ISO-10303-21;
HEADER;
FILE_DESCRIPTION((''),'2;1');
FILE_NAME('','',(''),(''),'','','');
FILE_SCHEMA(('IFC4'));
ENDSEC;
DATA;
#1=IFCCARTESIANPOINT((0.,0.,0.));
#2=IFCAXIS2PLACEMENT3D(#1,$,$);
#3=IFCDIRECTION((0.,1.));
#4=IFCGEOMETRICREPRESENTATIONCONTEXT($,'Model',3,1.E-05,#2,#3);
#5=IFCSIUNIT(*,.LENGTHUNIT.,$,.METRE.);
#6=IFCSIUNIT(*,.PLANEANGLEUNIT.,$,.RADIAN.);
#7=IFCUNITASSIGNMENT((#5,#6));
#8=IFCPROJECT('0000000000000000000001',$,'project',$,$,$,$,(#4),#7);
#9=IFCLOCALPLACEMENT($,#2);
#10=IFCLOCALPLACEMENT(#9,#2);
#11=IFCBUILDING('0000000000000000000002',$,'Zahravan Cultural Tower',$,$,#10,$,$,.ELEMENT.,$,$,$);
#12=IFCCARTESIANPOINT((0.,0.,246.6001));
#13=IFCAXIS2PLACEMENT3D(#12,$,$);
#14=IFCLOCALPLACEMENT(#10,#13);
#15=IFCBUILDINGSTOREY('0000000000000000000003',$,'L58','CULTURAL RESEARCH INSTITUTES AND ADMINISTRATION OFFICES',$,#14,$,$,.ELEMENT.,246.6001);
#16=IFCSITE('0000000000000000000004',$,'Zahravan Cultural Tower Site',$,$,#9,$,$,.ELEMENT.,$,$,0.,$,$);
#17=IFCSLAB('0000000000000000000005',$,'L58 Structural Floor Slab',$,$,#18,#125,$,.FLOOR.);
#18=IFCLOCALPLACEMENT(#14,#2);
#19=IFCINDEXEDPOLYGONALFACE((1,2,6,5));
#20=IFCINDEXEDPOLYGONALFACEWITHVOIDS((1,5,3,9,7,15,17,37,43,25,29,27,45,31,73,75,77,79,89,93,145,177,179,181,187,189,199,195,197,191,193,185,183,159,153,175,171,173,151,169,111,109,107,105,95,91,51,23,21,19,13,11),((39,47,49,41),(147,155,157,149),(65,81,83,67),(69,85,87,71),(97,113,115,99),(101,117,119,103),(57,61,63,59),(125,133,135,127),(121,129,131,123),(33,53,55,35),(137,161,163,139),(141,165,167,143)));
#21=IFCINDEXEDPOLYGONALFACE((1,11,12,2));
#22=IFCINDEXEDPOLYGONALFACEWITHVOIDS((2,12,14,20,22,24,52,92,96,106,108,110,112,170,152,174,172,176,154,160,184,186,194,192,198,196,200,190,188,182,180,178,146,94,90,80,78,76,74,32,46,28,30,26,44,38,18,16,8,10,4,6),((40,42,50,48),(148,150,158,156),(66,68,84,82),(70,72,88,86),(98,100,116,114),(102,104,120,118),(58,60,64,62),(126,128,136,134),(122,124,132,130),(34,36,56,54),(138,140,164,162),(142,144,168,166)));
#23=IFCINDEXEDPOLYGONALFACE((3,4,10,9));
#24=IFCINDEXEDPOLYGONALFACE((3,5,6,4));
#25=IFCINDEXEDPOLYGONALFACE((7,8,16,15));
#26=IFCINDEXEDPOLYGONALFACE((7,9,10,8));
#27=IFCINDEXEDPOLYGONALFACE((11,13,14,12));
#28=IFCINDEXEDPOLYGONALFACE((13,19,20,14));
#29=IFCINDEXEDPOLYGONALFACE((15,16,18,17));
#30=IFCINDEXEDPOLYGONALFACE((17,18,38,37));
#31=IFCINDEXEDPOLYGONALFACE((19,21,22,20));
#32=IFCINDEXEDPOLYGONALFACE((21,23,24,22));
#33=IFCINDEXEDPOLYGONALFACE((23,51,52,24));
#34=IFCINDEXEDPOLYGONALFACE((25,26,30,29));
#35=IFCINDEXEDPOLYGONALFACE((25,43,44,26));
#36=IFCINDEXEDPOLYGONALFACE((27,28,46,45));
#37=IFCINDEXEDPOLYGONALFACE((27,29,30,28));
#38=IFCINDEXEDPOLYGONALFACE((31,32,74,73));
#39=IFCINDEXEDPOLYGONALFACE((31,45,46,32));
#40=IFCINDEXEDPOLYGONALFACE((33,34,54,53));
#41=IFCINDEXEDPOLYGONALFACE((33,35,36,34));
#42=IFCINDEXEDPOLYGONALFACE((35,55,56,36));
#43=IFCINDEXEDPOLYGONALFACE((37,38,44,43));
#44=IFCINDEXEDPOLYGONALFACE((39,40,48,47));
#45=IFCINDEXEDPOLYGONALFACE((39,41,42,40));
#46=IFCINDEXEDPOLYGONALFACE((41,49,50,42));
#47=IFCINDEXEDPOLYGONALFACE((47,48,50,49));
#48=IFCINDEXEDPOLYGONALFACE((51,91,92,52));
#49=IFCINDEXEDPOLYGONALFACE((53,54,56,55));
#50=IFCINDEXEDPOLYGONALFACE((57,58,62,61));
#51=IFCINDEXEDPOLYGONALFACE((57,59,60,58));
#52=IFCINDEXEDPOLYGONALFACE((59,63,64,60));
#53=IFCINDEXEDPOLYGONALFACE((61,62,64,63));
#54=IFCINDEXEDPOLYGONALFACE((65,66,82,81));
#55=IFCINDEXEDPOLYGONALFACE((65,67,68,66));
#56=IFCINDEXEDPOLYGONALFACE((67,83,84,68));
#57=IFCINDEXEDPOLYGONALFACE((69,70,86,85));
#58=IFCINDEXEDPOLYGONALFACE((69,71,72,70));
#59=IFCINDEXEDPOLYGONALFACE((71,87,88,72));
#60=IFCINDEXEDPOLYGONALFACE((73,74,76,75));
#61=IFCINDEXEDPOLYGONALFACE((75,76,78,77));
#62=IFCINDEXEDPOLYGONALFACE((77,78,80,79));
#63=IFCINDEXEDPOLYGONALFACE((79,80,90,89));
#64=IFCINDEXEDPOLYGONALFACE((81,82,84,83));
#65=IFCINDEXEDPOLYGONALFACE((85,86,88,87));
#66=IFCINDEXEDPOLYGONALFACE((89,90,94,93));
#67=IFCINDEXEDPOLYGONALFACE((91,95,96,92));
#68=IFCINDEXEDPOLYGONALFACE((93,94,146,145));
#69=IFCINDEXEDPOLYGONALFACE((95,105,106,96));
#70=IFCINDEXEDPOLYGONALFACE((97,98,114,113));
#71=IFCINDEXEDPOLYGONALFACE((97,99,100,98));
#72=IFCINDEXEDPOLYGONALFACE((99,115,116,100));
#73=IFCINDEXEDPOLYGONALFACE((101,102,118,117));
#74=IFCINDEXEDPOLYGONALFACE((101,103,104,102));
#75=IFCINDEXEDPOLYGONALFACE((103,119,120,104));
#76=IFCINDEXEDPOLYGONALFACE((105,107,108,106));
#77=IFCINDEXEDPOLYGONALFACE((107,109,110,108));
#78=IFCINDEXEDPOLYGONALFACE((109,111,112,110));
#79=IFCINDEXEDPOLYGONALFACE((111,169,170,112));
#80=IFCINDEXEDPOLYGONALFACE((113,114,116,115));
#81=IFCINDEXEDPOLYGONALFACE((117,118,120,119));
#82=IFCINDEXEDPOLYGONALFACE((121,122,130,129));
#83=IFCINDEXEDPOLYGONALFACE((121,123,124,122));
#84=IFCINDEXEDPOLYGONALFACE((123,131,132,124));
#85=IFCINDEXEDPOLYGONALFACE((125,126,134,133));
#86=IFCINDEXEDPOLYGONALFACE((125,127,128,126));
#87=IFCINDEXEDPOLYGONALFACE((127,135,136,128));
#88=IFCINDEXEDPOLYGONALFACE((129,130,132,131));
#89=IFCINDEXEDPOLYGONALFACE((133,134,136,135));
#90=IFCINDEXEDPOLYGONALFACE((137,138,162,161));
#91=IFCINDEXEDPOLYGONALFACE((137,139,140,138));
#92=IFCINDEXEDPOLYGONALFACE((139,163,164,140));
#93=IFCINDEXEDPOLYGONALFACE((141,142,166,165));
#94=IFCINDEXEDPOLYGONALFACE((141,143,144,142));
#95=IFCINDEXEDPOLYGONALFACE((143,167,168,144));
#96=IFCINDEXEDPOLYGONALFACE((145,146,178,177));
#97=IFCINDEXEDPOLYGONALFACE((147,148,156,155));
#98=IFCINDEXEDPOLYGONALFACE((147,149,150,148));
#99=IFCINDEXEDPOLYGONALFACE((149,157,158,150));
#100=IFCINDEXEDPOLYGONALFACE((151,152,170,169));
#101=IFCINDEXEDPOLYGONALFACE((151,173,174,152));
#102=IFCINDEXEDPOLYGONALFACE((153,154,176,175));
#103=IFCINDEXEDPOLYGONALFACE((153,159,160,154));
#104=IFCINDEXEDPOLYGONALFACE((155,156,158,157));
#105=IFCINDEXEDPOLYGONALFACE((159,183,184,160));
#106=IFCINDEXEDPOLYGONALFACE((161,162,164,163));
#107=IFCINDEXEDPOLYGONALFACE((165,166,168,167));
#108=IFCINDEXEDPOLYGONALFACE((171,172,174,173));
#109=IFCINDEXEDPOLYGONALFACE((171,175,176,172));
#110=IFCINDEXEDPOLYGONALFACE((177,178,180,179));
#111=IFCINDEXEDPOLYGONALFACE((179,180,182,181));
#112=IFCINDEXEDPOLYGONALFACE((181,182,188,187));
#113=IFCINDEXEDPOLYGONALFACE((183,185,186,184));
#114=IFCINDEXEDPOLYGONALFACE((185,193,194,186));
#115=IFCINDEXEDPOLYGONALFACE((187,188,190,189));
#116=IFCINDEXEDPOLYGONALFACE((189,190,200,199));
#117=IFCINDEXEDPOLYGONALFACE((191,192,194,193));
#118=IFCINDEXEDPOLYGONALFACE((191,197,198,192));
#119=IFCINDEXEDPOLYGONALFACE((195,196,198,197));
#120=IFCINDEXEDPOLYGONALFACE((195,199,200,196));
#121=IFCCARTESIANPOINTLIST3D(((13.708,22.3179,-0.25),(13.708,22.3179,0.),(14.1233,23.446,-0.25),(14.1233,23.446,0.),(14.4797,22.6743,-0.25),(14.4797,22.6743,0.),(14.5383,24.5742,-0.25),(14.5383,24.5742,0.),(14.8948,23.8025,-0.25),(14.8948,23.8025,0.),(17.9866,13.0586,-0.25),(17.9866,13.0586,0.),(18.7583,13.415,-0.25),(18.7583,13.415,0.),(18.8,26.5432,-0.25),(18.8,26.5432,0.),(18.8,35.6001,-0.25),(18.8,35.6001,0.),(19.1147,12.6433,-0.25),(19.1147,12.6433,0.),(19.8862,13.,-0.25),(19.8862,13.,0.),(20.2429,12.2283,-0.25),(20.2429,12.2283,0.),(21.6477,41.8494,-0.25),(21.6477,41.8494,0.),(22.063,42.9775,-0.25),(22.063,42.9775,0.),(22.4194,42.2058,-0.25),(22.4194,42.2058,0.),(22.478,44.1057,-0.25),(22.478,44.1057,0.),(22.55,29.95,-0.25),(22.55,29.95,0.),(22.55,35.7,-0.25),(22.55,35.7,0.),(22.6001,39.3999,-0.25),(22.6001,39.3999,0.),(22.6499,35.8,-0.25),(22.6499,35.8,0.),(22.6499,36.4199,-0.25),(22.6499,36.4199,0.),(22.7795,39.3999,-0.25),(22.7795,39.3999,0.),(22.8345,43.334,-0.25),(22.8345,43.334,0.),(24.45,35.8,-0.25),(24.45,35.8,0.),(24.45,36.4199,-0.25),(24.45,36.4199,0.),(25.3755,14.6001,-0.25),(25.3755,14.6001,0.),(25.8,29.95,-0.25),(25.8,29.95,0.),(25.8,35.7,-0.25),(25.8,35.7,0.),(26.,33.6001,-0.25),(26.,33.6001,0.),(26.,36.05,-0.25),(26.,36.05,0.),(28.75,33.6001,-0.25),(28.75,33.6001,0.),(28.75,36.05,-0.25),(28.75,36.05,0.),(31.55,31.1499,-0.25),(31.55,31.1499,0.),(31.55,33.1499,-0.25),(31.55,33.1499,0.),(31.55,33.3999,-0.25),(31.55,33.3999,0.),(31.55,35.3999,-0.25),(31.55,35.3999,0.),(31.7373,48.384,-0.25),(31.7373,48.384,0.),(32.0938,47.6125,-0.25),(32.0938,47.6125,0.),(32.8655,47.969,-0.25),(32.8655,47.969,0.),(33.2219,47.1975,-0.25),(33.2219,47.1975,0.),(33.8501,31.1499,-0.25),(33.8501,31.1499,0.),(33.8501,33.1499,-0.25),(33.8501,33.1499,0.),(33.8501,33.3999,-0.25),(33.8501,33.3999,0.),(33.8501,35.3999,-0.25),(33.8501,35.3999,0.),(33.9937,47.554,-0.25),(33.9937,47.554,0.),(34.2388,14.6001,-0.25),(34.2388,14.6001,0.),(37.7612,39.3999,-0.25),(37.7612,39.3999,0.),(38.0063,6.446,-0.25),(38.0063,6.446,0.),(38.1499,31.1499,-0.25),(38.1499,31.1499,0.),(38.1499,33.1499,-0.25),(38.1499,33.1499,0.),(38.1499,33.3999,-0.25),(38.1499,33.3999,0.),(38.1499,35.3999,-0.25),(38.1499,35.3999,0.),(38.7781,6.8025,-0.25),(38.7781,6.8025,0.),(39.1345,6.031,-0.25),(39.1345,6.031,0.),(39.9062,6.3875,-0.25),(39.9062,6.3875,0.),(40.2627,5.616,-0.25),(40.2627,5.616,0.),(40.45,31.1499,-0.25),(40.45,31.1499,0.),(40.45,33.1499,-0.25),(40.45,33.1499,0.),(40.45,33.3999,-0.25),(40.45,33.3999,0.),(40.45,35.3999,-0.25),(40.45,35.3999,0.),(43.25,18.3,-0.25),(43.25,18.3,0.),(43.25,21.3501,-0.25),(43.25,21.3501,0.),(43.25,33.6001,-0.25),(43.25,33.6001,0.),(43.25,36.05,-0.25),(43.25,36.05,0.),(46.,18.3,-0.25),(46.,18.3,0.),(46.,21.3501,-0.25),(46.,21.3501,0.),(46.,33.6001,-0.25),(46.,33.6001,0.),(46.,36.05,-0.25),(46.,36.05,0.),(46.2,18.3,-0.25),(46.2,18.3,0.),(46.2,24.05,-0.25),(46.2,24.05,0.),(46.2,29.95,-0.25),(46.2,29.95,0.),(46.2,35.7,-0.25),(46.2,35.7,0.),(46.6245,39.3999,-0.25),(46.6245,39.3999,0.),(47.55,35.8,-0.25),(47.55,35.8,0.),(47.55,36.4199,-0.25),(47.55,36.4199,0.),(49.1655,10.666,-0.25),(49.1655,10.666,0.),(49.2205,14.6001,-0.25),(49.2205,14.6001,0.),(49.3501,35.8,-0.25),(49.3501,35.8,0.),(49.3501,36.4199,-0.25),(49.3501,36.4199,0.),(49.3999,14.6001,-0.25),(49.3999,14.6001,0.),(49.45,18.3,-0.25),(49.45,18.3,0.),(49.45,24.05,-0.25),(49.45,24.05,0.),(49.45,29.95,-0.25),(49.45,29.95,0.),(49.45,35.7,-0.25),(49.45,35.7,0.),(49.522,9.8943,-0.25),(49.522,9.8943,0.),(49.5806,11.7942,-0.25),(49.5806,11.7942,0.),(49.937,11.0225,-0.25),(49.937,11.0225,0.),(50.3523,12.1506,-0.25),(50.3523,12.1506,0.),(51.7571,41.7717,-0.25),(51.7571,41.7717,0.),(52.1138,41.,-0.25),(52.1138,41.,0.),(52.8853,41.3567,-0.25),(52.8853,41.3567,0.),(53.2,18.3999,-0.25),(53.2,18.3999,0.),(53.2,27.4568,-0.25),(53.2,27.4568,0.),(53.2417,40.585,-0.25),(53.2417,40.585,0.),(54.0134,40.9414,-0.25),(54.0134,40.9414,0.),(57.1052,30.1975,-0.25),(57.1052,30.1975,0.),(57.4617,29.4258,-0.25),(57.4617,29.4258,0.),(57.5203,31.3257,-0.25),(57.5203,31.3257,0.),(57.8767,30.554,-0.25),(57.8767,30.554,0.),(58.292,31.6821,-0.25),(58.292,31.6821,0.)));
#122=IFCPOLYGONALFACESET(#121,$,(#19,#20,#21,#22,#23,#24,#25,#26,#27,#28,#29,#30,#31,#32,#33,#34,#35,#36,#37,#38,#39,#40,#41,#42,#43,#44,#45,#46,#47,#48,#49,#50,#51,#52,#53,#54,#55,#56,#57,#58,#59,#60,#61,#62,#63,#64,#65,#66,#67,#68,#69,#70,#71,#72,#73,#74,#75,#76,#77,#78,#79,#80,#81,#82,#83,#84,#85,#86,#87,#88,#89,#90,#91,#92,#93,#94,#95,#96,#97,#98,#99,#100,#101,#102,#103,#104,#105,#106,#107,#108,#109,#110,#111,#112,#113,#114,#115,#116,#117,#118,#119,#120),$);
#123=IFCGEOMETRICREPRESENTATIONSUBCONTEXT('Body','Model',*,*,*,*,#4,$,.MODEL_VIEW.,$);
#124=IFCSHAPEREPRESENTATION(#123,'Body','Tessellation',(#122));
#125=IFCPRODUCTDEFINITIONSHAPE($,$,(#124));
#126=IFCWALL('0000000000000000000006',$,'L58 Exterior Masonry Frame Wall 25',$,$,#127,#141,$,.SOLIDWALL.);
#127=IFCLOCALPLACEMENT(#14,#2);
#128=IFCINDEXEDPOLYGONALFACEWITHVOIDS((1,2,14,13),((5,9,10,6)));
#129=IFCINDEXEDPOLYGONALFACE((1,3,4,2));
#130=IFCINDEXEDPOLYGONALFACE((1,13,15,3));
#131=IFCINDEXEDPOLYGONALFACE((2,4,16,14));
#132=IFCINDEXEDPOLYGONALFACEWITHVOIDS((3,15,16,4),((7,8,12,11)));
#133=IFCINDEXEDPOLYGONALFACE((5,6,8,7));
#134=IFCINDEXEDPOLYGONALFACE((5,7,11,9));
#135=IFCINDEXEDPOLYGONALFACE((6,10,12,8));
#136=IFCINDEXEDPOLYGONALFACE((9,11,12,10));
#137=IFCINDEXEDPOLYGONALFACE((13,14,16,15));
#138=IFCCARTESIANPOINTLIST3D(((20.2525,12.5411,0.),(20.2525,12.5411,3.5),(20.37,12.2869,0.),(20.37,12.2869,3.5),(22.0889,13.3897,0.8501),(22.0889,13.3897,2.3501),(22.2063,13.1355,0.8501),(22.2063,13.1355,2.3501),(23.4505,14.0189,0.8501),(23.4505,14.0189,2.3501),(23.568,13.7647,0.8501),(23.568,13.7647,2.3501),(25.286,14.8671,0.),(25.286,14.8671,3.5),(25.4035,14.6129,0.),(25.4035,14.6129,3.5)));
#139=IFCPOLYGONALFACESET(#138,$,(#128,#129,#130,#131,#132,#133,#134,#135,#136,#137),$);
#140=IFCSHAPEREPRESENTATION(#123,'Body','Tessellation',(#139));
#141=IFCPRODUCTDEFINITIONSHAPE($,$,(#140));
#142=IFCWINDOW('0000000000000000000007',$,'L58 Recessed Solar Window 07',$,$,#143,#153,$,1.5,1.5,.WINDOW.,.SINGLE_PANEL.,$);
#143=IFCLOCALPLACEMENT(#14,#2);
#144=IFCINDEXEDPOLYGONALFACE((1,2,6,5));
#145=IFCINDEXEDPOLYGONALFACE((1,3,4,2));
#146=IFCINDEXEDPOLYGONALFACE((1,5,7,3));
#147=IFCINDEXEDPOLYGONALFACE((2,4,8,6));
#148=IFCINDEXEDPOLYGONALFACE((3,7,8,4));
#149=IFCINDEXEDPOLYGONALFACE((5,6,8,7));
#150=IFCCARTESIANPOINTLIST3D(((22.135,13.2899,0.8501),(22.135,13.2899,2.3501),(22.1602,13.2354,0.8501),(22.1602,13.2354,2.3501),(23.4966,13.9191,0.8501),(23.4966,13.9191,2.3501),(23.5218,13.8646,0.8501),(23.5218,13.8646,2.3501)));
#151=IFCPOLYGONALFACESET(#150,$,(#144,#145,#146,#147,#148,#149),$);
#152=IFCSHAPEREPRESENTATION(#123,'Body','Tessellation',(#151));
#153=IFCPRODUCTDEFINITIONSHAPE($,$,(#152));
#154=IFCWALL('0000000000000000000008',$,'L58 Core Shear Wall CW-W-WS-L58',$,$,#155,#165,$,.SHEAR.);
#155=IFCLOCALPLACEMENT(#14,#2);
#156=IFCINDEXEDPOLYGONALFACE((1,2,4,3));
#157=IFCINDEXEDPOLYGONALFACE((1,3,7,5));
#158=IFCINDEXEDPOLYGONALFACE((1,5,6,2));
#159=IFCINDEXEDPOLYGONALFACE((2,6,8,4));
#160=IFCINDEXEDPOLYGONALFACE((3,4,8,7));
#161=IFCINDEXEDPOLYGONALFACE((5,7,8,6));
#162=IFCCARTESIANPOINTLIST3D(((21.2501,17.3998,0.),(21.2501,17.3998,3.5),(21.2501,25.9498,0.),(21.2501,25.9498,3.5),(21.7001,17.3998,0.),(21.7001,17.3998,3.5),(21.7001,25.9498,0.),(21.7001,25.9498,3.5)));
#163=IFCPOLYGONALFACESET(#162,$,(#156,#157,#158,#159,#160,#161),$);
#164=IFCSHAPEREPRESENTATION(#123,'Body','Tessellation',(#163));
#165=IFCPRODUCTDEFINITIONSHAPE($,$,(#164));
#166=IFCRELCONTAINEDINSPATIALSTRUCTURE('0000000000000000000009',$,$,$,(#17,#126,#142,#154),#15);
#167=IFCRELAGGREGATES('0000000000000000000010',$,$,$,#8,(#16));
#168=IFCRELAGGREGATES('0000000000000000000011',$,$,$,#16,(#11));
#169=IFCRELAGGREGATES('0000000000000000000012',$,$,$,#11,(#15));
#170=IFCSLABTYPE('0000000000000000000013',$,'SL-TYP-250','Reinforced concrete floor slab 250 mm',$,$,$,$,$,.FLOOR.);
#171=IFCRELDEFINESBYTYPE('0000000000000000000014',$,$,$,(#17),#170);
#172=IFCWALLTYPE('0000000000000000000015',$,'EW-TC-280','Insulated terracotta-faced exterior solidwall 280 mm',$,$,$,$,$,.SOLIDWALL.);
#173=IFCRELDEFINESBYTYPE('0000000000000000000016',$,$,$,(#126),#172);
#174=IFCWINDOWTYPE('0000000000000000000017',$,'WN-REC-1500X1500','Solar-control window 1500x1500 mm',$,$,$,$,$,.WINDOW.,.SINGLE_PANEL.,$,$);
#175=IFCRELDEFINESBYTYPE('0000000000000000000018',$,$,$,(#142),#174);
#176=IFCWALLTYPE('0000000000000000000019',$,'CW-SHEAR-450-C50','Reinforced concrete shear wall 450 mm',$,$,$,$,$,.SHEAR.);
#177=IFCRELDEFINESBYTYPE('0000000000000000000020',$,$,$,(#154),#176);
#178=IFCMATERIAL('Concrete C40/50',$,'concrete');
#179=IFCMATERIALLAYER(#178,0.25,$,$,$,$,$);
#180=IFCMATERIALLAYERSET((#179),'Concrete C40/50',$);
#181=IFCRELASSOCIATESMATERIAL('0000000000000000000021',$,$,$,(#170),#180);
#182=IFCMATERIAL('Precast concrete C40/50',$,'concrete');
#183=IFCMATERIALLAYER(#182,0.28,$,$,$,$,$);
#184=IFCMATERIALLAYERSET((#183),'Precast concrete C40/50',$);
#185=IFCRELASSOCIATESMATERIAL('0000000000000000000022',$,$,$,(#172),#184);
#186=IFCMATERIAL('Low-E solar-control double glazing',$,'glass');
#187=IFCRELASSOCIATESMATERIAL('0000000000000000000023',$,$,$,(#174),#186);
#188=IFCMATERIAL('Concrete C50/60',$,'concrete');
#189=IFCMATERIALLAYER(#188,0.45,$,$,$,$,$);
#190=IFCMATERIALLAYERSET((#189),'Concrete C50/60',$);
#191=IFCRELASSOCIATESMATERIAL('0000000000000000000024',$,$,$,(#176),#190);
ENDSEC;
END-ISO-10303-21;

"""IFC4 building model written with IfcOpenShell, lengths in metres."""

from ifc_helpers import new_model, si_unit, direction, frame, frame_2d, origin, place, context, subcontext, project, spatial, polyline, rectangle, outline, extrude, source, transform, mapped, material, layer, layer_set, type_object, element, fill, save


model = new_model("IFC4")

# Units and contexts
model_context = context("Model", 3, precision=1e-05, world=origin(), true_north=direction((0.0, 1.0)))
body_context = subcontext(model_context, "Body", "Model", "MODEL_VIEW")
ifc_project = project(units=[si_unit("LENGTHUNIT", "METRE"), si_unit("PLANEANGLEUNIT", "RADIAN")], contexts=[model_context])

# Site, building, storey
site_placement = place(None, origin())
site = spatial("IfcSite", under=ifc_project, at=site_placement, Name="Zahravan Cultural Tower Site", CompositionType="ELEMENT", RefElevation=0.0)
building_placement = place(site_placement, origin())
building = spatial("IfcBuilding", under=site, at=building_placement, Name="Zahravan Cultural Tower", CompositionType="ELEMENT")
storey_placement = place(building_placement, frame((0.0, 0.0, 246.6001)))
storey = spatial("IfcBuildingStorey", under=building, at=storey_placement, Name="L58", Description="CULTURAL RESEARCH INSTITUTES AND ADMINISTRATION OFFICES", CompositionType="ELEMENT", Elevation=246.6001)

# Shared definitions
ifc_material_1 = material(Name="Concrete C50/60", Category="concrete")

# Slab
ifc_material_2 = material(Name="Concrete C40/50", Category="concrete")
ifc_layer_1 = layer(ifc_material_2, 0.25)
ifc_layer_set_1 = layer_set([ifc_layer_1], Name="Concrete C40/50")
slab_type_1 = type_object("IfcSlabType", Name="SL-TYP-250", Description="Reinforced concrete floor slab 250 mm", PredefinedType="FLOOR", material=ifc_layer_set_1)
slab_1_placement = place(storey_placement, frame((0.0, 0.0, -0.25)))
element("IfcSlab", 1, at=slab_1_placement, inside=storey, type_object=slab_type_1, Name="L58 Structural Floor Slab", PredefinedType="FLOOR", context=body_context, shape_type="SweptSolid", body=[
    extrude(outline(polyline([(46.6245, 39.3999), (37.7612, 39.3999), (33.9937, 47.554), (33.2219, 47.1975), (32.8655, 47.969), (32.0938, 47.6125), (31.7373, 48.384), (22.478, 44.1057), (22.8345, 43.334), (22.063, 42.9775), (22.4194, 42.2058), (21.6477, 41.8494), (22.7795, 39.3999), (22.6001, 39.3999), (18.8, 35.6001), (18.8, 26.5432), (14.5383, 24.5742), (14.8948, 23.8025), (14.1233, 23.446), (14.4797, 22.6743), (13.708, 22.3179), (17.9866, 13.0586), (18.7583, 13.415), (19.1147, 12.6433), (19.8862, 13.0), (20.2429, 12.2283), (25.3755, 14.6001), (34.2388, 14.6001), (38.0063, 6.446), (38.7781, 6.8025), (39.1345, 6.031), (39.9062, 6.3875), (40.2627, 5.616), (49.522, 9.8943), (49.1655, 10.666), (49.937, 11.0225), (49.5806, 11.7942), (50.3523, 12.1506), (49.2205, 14.6001), (49.3999, 14.6001), (53.2, 18.3999), (53.2, 27.4568), (57.4617, 29.4258), (57.1052, 30.1975), (57.8767, 30.554), (57.5203, 31.3257), (58.292, 31.6821), (54.0134, 40.9414), (53.2417, 40.585), (52.8853, 41.3567), (52.1138, 41.0), (51.7571, 41.7717), (46.6245, 39.3999)]), holes=[polyline([(22.55, 29.95), (22.55, 35.7), (25.8, 35.7), (25.8, 29.95), (22.55, 29.95)]), polyline([(46.2, 29.95), (46.2, 35.7), (49.45, 35.7), (49.45, 29.95), (46.2, 29.95)]), polyline([(46.2, 18.3), (46.2, 24.05), (49.45, 24.05), (49.45, 18.3), (46.2, 18.3)]), polyline([(26.0, 33.6001), (26.0, 36.05), (28.75, 36.05), (28.75, 33.6001), (26.0, 33.6001)]), polyline([(43.25, 33.6001), (43.25, 36.05), (46.0, 36.05), (46.0, 33.6001), (43.25, 33.6001)]), polyline([(43.25, 18.3), (43.25, 21.3501), (46.0, 21.3501), (46.0, 18.3), (43.25, 18.3)]), polyline([(31.55, 33.3999), (31.55, 35.3999), (33.8501, 35.3999), (33.8501, 33.3999), (31.55, 33.3999)]), polyline([(31.55, 31.1499), (31.55, 33.1499), (33.8501, 33.1499), (33.8501, 31.1499), (31.55, 31.1499)]), polyline([(38.1499, 33.3999), (38.1499, 35.3999), (40.45, 35.3999), (40.45, 33.3999), (38.1499, 33.3999)]), polyline([(38.1499, 31.1499), (38.1499, 33.1499), (40.45, 33.1499), (40.45, 31.1499), (38.1499, 31.1499)]), polyline([(22.6499, 35.8), (22.6499, 36.4199), (24.45, 36.4199), (24.45, 35.8), (22.6499, 35.8)]), polyline([(47.55, 35.8), (47.55, 36.4199), (49.3501, 36.4199), (49.3501, 35.8), (47.55, 35.8)])]), origin(), (0.0, 0.0, 1.0), 0.25),
])

# Wall, opening, window
ifc_material_3 = material(Name="Precast concrete C40/50", Category="concrete")
ifc_layer_2 = layer(ifc_material_3, 0.28)
ifc_layer_set_2 = layer_set([ifc_layer_2], Name="Precast concrete C40/50")
wall_type_1 = type_object("IfcWallType", Name="EW-TC-280", Description="Insulated terracotta-faced exterior solidwall 280 mm", PredefinedType="SOLIDWALL", material=ifc_layer_set_2)
wall_1_placement = place(storey_placement, frame((25.3447, 14.74, 0.0), z_axis=(0.0, 0.0, 1.0), x_axis=(-0.907767, -0.419474, 0.0)))
wall_1 = element("IfcWall", 2, at=wall_1_placement, inside=storey, type_object=wall_type_1, Name="L58 Exterior Masonry Frame Wall 25", PredefinedType="SOLIDWALL", context=body_context, shape_type="SweptSolid", body=[
    extrude(rectangle(XDim=5.5449, YDim=0.28, at=frame_2d((2.7725, 0.0))), origin(), (0.0, 0.0, 1.0), 3.5),
])
opening_placement = place(wall_1_placement, frame((2.022, 0.0, 0.8501)))
opening = element("IfcOpeningElement", 3, at=opening_placement, cuts=wall_1, PredefinedType="OPENING", context=body_context, shape_type="SweptSolid", body=[
    extrude(rectangle(XDim=1.5, YDim=1.5, at=frame_2d((0.75, 0.75))), frame((0.0, 0.1499, 0.0), z_axis=(0.0, -1.0, 0.0), x_axis=(1.0, 0.0, 0.0)), (0.0, 0.0, 1.0), 0.3),
])
ifc_material_4 = material(Name="Low-E solar-control double glazing", Category="glass")
window_type = type_object("IfcWindowType", Name="WN-REC-1500X1500", Description="Solar-control window 1500x1500 mm", PartitioningType="SINGLE_PANEL", PredefinedType="WINDOW", material=ifc_material_4)
shared_shape_1 = source(origin(), body_context, "Body", "SweptSolid", [
    extrude(rectangle(XDim=1.5, YDim=1.5, at=frame_2d((0.75, 0.75))), frame((0.0, 0.03, 0.0), z_axis=(0.0, -1.0, 0.0), x_axis=(1.0, 0.0, 0.0)), (0.0, 0.0, 1.0), 0.0601),
])
window_placement = place(opening_placement, origin())
window = element("IfcWindow", 4, at=window_placement, inside=storey, type_object=window_type, Name="L58 Recessed Solar Window 07", OverallHeight=1.5, OverallWidth=1.5, PartitioningType="SINGLE_PANEL", PredefinedType="WINDOW", context=body_context, shape_type="MappedRepresentation", body=[
    mapped(shared_shape_1, transform((0.0, 0.0, 0.0), x_axis=(1.0, 0.0, 0.0), y_axis=(0.0, 1.0, 0.0), z_axis=(0.0, 0.0, 1.0), scale=1.0)),
])
fill(opening, window)

# Wall
ifc_layer_3 = layer(ifc_material_1, 0.45)
ifc_layer_set_3 = layer_set([ifc_layer_3], Name="Concrete C50/60")
wall_type_2 = type_object("IfcWallType", Name="CW-SHEAR-450-C50", Description="Reinforced concrete shear wall 450 mm", PredefinedType="SHEAR", material=ifc_layer_set_3)
shared_shape_2 = source(origin(), body_context, "Body", "SweptSolid", [
    extrude(rectangle(XDim=8.55, YDim=0.45, at=frame_2d((4.2749, 0.0))), origin(), (0.0, 0.0, 1.0), 3.5),
])
wall_2_placement = place(storey_placement, frame((21.4751, 17.3999, 0.0), z_axis=(0.0, 0.0, 1.0), x_axis=(0.0, 1.0, 0.0)))
element("IfcWall", 5, at=wall_2_placement, inside=storey, type_object=wall_type_2, Name="L58 Core Shear Wall CW-W-WS-L58", PredefinedType="SHEAR", context=body_context, shape_type="MappedRepresentation", body=[
    mapped(shared_shape_2, transform((0.0, 0.0, 0.0), x_axis=(1.0, 0.0, 0.0), y_axis=(0.0, 1.0, 0.0), z_axis=(0.0, 0.0, 1.0), scale=1.0)),
])

save(model, "model.ifc")
